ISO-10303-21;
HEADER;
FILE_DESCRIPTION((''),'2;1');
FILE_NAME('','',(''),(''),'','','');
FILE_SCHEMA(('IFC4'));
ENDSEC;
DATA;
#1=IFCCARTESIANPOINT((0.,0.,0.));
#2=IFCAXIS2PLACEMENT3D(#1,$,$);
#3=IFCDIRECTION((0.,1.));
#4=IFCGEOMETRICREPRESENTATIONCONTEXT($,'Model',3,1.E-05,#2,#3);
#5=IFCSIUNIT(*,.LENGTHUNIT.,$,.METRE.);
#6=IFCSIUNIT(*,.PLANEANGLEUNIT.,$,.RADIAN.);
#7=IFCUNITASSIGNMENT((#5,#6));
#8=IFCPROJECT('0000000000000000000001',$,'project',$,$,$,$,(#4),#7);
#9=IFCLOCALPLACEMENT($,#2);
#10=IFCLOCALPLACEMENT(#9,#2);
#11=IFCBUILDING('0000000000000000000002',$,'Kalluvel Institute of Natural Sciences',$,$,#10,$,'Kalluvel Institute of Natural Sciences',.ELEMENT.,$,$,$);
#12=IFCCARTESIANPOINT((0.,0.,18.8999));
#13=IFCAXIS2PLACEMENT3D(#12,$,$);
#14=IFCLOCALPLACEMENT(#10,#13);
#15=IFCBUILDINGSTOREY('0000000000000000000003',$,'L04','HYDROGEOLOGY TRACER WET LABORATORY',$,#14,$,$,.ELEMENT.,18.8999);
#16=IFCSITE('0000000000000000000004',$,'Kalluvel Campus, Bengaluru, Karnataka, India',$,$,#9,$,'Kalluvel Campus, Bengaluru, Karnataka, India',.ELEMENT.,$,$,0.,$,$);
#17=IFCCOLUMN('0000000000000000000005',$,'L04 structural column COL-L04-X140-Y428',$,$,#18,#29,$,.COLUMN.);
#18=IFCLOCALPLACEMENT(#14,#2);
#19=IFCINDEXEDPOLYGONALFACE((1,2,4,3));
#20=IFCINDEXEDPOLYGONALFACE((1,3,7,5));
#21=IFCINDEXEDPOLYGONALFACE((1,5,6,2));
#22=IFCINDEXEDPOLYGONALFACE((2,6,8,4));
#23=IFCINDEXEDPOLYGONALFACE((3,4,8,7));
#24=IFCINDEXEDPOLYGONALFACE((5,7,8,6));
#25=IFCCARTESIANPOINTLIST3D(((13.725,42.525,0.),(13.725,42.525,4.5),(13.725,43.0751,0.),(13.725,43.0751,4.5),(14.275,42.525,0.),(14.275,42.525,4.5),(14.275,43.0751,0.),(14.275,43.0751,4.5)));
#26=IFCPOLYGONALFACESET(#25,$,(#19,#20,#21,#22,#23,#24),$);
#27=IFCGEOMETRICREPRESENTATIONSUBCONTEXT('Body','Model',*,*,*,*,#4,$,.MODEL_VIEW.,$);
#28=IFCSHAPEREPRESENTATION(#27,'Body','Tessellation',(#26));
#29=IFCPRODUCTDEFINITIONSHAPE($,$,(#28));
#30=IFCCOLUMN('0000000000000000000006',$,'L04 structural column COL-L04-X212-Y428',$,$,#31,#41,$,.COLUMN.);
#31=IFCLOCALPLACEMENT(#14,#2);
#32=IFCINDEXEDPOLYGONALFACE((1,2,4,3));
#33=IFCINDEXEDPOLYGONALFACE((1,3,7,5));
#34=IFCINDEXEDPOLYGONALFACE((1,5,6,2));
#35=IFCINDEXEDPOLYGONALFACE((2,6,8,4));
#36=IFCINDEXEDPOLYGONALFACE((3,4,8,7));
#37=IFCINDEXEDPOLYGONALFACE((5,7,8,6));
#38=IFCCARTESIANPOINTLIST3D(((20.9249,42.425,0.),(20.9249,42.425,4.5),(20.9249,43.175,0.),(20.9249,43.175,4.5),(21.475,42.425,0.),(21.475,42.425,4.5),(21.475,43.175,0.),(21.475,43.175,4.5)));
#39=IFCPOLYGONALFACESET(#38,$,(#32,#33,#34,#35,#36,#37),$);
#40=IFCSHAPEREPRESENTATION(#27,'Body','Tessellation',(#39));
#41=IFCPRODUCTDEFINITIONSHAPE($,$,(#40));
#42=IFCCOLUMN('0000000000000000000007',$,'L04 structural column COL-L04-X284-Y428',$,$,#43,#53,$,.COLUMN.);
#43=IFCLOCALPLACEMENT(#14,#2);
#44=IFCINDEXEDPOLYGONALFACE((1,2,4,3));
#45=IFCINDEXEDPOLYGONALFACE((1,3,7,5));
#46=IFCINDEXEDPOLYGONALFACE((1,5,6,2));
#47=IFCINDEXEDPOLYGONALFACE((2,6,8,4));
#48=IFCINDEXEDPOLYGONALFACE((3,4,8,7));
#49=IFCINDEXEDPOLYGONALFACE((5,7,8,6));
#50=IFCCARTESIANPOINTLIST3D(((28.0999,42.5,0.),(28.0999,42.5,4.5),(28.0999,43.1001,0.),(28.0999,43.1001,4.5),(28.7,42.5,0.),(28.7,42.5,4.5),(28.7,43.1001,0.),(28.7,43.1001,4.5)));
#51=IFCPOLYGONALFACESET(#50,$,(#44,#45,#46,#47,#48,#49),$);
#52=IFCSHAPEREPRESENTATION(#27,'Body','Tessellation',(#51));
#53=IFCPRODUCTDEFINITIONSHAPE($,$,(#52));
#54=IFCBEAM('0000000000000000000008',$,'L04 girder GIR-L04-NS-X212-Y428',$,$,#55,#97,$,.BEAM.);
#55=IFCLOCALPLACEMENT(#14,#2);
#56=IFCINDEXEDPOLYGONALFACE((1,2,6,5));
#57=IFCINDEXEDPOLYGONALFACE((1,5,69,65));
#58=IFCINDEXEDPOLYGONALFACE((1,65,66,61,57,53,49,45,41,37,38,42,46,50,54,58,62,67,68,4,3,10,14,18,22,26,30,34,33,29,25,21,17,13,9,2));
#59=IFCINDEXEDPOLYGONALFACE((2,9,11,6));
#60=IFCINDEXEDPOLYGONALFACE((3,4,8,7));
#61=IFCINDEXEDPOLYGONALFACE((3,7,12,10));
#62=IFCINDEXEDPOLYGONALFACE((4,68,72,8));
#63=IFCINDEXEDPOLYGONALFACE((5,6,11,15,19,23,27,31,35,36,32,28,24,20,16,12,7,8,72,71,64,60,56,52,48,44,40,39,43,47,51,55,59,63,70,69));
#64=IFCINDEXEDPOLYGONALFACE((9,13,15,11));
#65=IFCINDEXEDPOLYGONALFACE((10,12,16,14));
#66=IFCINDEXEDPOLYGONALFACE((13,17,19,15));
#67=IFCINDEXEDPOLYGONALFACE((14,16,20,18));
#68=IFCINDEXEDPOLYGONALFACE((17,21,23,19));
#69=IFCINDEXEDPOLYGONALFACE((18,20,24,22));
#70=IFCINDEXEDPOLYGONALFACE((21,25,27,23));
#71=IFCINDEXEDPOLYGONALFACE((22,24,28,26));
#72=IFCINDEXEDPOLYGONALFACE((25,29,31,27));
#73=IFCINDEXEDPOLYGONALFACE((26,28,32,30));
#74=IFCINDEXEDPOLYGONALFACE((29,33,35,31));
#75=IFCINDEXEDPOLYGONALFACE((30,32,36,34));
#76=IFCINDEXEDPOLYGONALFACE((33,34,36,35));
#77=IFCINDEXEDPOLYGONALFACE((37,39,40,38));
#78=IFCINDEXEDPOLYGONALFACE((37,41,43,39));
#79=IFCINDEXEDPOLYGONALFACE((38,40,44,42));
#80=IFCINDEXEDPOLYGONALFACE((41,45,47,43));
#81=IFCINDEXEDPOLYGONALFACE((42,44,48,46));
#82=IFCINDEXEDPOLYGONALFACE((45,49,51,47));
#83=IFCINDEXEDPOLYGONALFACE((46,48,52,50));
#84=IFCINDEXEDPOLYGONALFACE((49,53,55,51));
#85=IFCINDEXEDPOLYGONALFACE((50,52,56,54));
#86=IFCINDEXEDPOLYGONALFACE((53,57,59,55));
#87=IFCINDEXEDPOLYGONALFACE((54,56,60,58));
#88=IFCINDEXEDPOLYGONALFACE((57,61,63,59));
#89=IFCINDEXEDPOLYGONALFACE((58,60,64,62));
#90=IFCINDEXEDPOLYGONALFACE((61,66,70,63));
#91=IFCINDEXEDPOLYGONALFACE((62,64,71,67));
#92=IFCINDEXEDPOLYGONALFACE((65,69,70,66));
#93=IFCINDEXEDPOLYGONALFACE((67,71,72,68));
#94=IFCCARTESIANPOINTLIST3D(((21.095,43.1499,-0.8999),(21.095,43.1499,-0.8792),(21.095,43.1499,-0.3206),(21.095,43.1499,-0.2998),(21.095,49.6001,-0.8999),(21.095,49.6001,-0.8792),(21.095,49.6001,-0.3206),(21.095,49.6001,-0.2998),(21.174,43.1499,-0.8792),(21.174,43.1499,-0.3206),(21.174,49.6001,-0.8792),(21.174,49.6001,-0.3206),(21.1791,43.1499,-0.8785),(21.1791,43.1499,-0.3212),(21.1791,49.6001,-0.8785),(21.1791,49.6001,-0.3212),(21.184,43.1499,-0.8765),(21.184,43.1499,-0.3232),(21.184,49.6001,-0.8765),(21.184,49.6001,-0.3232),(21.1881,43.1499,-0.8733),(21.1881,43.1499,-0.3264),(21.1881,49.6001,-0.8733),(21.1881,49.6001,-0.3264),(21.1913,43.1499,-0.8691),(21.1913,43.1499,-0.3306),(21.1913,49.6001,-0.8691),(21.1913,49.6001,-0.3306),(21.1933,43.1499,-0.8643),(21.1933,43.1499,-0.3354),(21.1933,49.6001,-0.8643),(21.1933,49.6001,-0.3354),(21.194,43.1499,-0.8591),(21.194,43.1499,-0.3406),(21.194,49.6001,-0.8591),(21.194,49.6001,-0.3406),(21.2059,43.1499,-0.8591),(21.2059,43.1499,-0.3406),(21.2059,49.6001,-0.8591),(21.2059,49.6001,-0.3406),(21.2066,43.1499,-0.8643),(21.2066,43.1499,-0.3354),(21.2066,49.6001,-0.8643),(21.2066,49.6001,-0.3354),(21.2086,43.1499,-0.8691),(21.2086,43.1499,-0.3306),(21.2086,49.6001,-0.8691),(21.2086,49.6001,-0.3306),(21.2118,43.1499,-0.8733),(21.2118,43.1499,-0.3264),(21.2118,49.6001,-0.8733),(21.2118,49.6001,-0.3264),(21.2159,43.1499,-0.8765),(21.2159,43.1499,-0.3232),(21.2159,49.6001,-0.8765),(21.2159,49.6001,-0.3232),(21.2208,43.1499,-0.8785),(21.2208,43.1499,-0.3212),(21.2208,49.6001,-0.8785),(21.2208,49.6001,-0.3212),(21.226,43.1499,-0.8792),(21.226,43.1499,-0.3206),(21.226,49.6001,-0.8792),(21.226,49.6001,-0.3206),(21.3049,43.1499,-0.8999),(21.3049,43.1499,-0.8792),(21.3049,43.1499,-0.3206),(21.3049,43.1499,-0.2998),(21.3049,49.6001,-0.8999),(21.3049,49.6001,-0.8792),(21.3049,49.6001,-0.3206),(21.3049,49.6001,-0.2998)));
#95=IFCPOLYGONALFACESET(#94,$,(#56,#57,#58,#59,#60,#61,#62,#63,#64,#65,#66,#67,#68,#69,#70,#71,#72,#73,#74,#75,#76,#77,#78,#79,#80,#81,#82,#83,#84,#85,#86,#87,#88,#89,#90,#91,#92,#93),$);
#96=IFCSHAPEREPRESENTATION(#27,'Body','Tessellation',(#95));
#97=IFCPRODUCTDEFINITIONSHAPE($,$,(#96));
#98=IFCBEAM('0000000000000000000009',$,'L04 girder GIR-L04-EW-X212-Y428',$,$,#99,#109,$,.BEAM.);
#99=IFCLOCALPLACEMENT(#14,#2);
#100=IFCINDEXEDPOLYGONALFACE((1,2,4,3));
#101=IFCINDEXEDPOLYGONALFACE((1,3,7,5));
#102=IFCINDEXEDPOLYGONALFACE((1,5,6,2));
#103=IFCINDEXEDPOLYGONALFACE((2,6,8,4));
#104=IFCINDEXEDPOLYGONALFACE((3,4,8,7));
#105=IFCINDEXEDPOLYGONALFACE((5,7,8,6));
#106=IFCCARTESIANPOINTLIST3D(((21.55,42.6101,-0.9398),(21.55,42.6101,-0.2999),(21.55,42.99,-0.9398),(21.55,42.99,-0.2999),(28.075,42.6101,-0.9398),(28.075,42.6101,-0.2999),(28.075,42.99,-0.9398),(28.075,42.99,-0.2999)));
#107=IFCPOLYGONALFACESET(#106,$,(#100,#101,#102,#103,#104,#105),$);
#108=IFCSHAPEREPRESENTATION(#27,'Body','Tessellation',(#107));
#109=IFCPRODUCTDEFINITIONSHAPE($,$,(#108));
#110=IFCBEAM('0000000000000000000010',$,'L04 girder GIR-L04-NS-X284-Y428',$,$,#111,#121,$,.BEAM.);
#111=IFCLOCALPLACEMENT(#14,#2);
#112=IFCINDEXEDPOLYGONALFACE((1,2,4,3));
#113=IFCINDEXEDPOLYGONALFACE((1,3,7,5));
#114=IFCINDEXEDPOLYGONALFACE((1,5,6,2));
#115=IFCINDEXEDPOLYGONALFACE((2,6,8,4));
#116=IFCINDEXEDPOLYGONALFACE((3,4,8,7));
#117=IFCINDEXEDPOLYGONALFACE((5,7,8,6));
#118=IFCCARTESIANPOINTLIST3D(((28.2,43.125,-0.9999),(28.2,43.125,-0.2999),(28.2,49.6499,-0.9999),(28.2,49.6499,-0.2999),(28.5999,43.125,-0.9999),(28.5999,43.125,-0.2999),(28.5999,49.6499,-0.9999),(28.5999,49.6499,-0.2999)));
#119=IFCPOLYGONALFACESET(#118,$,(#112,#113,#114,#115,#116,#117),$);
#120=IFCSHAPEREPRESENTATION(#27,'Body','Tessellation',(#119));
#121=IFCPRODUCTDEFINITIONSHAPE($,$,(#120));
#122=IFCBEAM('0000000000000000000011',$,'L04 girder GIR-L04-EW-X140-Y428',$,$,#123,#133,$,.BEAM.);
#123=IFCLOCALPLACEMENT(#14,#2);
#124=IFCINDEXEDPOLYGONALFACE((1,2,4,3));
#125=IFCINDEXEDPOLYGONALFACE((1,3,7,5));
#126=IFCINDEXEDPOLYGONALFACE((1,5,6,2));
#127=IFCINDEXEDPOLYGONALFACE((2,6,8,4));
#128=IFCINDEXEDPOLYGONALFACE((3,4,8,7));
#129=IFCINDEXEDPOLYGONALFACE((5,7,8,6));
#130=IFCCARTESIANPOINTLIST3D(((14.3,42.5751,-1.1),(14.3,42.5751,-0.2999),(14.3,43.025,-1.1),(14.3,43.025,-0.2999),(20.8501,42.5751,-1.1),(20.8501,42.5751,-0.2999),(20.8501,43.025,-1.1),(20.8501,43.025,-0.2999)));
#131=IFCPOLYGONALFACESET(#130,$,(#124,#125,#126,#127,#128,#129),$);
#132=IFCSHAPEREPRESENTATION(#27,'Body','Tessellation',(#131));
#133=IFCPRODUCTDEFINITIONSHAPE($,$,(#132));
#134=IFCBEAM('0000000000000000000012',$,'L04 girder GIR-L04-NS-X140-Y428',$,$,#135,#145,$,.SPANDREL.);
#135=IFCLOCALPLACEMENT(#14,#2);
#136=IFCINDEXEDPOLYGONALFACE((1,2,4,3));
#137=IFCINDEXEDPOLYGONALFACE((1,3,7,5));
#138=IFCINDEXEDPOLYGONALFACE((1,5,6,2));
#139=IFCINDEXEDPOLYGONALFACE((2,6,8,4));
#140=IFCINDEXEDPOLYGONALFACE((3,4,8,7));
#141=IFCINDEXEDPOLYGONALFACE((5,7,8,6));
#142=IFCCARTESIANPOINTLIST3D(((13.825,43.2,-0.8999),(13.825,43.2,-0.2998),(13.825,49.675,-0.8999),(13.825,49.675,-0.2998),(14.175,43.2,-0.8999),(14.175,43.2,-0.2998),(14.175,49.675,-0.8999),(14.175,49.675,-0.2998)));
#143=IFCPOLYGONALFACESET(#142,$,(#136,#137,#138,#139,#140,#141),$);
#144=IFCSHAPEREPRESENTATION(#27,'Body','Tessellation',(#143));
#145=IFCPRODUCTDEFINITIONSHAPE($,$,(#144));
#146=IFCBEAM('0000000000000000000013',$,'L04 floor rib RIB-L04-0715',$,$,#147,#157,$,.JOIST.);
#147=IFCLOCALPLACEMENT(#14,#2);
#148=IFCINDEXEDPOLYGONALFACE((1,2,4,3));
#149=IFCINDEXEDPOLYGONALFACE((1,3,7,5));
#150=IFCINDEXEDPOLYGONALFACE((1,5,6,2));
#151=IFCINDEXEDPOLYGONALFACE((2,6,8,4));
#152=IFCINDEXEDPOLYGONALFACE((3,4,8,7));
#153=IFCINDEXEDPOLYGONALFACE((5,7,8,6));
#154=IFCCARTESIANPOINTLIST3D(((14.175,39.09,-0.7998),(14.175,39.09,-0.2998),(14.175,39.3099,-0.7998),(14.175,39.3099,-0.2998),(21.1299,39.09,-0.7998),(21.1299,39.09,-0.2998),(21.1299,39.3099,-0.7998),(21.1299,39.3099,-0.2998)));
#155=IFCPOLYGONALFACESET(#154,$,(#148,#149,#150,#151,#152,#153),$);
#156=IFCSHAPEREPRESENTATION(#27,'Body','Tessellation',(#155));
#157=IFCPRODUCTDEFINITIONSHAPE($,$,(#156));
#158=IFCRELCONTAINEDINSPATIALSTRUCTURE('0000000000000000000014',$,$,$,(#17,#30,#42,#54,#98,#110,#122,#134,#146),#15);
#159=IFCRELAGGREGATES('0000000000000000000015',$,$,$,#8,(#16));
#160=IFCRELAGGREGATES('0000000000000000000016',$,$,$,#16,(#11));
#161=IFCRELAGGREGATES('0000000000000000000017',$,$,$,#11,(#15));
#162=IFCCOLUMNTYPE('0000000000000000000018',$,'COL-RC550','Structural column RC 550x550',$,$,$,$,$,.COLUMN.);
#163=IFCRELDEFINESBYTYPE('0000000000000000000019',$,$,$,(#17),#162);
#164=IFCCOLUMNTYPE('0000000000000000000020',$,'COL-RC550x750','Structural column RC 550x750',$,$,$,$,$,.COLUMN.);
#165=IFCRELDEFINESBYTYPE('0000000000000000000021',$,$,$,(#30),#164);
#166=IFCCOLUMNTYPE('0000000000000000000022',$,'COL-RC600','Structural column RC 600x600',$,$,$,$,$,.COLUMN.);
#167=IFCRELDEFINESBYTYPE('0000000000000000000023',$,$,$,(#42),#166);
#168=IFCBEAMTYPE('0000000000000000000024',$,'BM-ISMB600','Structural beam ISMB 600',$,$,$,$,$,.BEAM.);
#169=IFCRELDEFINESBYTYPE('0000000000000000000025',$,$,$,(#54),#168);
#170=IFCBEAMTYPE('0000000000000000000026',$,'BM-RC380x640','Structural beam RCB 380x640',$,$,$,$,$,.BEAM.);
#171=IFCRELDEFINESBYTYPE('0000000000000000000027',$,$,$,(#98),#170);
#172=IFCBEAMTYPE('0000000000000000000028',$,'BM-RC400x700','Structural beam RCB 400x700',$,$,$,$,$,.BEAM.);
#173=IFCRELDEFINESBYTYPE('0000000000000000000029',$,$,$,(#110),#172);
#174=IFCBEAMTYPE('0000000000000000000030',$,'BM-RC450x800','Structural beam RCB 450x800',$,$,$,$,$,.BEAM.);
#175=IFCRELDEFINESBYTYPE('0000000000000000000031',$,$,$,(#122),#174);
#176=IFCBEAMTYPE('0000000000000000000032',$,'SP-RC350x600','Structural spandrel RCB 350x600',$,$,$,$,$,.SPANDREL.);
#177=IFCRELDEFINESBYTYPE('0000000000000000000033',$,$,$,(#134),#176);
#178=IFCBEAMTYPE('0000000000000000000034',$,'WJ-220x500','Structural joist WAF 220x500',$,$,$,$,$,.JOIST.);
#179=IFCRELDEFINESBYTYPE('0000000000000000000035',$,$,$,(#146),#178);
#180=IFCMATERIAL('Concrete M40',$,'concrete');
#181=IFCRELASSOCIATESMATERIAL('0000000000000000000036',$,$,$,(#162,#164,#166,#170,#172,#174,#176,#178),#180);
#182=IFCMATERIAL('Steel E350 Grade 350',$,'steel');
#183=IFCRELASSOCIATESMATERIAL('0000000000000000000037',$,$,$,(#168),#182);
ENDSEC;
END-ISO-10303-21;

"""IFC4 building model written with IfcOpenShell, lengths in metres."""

from ifc_helpers import new_model, si_unit, direction, frame, origin, origin_2d, place, context, subcontext, project, spatial, rectangle, i_section, extrude, material, material_profile, profile_set, type_object, element, save


model = new_model("IFC4")

# Units and contexts
model_context = context("Model", 3, precision=1e-05, world=origin(), true_north=direction((0.0, 1.0)))
body_context = subcontext(model_context, "Body", "Model", "MODEL_VIEW")
ifc_project = project(units=[si_unit("LENGTHUNIT", "METRE"), si_unit("PLANEANGLEUNIT", "RADIAN")], contexts=[model_context])

# Site, building, storey
site_placement = place(None, origin())
site = spatial("IfcSite", under=ifc_project, at=site_placement, Name="Kalluvel Campus, Bengaluru, Karnataka, India", LongName="Kalluvel Campus, Bengaluru, Karnataka, India", CompositionType="ELEMENT", RefElevation=0.0)
building_placement = place(site_placement, origin())
building = spatial("IfcBuilding", under=site, at=building_placement, Name="Kalluvel Institute of Natural Sciences", LongName="Kalluvel Institute of Natural Sciences", CompositionType="ELEMENT")
storey_placement = place(building_placement, frame((0.0, 0.0, 18.8999)))
storey = spatial("IfcBuildingStorey", under=building, at=storey_placement, Name="L04", Description="HYDROGEOLOGY TRACER WET LABORATORY", CompositionType="ELEMENT", Elevation=18.8999)

# Columns
ifc_material_1 = material(Name="Concrete M40", Category="concrete")
ifc_material_profile_1 = material_profile(ifc_material_1, rectangle(XDim=0.55, YDim=0.55, at=origin_2d()), Name="RC 550x550")
ifc_profile_set_1 = profile_set([ifc_material_profile_1], Name="Concrete M40")
column_type_1 = type_object("IfcColumnType", Name="COL-RC550", Description="Structural column RC 550x550", PredefinedType="COLUMN", material=ifc_profile_set_1)
column_1_placement = place(storey_placement, frame((14.0, 42.8, 0.0), z_axis=(0.0, 0.0, 1.0), x_axis=(1.0, 0.0, 0.0)))
element("IfcColumn", 1, at=column_1_placement, inside=storey, type_object=column_type_1, Name="L04 structural column COL-L04-X140-Y428", PredefinedType="COLUMN", context=body_context, shape_type="SweptSolid", body=[
    extrude(rectangle(XDim=0.55, YDim=0.55, at=origin_2d()), origin(), (0.0, 0.0, 1.0), 4.5),
])
ifc_material_profile_2 = material_profile(ifc_material_1, rectangle(XDim=0.55, YDim=0.75, at=origin_2d()), Name="RC 550x750")
ifc_profile_set_2 = profile_set([ifc_material_profile_2], Name="Concrete M40")
column_type_2 = type_object("IfcColumnType", Name="COL-RC550x750", Description="Structural column RC 550x750", PredefinedType="COLUMN", material=ifc_profile_set_2)
column_2_placement = place(storey_placement, frame((21.2, 42.8, 0.0), z_axis=(0.0, 0.0, 1.0), x_axis=(1.0, 0.0, 0.0)))
element("IfcColumn", 2, at=column_2_placement, inside=storey, type_object=column_type_2, Name="L04 structural column COL-L04-X212-Y428", PredefinedType="COLUMN", context=body_context, shape_type="SweptSolid", body=[
    extrude(rectangle(XDim=0.55, YDim=0.75, at=origin_2d()), origin(), (0.0, 0.0, 1.0), 4.5),
])
ifc_material_profile_3 = material_profile(ifc_material_1, rectangle(XDim=0.6001, YDim=0.6001, at=origin_2d()), Name="RC 600x600")
ifc_profile_set_3 = profile_set([ifc_material_profile_3], Name="Concrete M40")
column_type_3 = type_object("IfcColumnType", Name="COL-RC600", Description="Structural column RC 600x600", PredefinedType="COLUMN", material=ifc_profile_set_3)
column_3_placement = place(storey_placement, frame((28.3999, 42.8, 0.0), z_axis=(0.0, 0.0, 1.0), x_axis=(1.0, 0.0, 0.0)))
element("IfcColumn", 3, at=column_3_placement, inside=storey, type_object=column_type_3, Name="L04 structural column COL-L04-X284-Y428", PredefinedType="COLUMN", context=body_context, shape_type="SweptSolid", body=[
    extrude(rectangle(XDim=0.6001, YDim=0.6001, at=origin_2d()), origin(), (0.0, 0.0, 1.0), 4.5),
])

# Beams
ifc_material_2 = material(Name="Steel E350 Grade 350", Category="steel")
ifc_material_profile_4 = material_profile(ifc_material_2, i_section(OverallWidth=0.21, OverallDepth=0.6001, WebThickness=0.012, FlangeThickness=0.0208, FilletRadius=0.02, at=origin_2d()), Name="ISMB 600")
ifc_profile_set_4 = profile_set([ifc_material_profile_4], Name="Steel E350 Grade 350")
beam_type_1 = type_object("IfcBeamType", Name="BM-ISMB600", Description="Structural beam ISMB 600", PredefinedType="BEAM", material=ifc_profile_set_4)
beam_1_placement = place(storey_placement, frame((21.2, 43.1499, -0.5999), z_axis=(0.0, 1.0, 0.0), x_axis=(-1.0, 0.0, 0.0)))
element("IfcBeam", 4, at=beam_1_placement, inside=storey, type_object=beam_type_1, Name="L04 girder GIR-L04-NS-X212-Y428", PredefinedType="BEAM", context=body_context, shape_type="SweptSolid", body=[
    extrude(i_section(OverallWidth=0.21, OverallDepth=0.6001, WebThickness=0.012, FlangeThickness=0.0208, FilletRadius=0.02, at=origin_2d()), origin(), (0.0, 0.0, 1.0), 6.4502),
])
ifc_material_profile_5 = material_profile(ifc_material_1, rectangle(XDim=0.3799, YDim=0.6399, at=origin_2d()), Name="RCB 380x640")
ifc_profile_set_5 = profile_set([ifc_material_profile_5], Name="Concrete M40")
beam_type_2 = type_object("IfcBeamType", Name="BM-RC380x640", Description="Structural beam RCB 380x640", PredefinedType="BEAM", material=ifc_profile_set_5)
beam_2_placement = place(storey_placement, frame((21.55, 42.8, -0.6199), z_axis=(1.0, 0.0, 0.0), x_axis=(0.0, 1.0, 0.0)))
element("IfcBeam", 5, at=beam_2_placement, inside=storey, type_object=beam_type_2, Name="L04 girder GIR-L04-EW-X212-Y428", PredefinedType="BEAM", context=body_context, shape_type="SweptSolid", body=[
    extrude(rectangle(XDim=0.3799, YDim=0.6399, at=origin_2d()), origin(), (0.0, 0.0, 1.0), 6.5249),
])
ifc_material_profile_6 = material_profile(ifc_material_1, rectangle(XDim=0.3999, YDim=0.7, at=origin_2d()), Name="RCB 400x700")
ifc_profile_set_6 = profile_set([ifc_material_profile_6], Name="Concrete M40")
beam_type_3 = type_object("IfcBeamType", Name="BM-RC400x700", Description="Structural beam RCB 400x700", PredefinedType="BEAM", material=ifc_profile_set_6)
beam_3_placement = place(storey_placement, frame((28.3999, 43.125, -0.6499), z_axis=(0.0, 1.0, 0.0), x_axis=(-1.0, 0.0, 0.0)))
element("IfcBeam", 6, at=beam_3_placement, inside=storey, type_object=beam_type_3, Name="L04 girder GIR-L04-NS-X284-Y428", PredefinedType="BEAM", context=body_context, shape_type="SweptSolid", body=[
    extrude(rectangle(XDim=0.3999, YDim=0.7, at=origin_2d()), origin(), (0.0, 0.0, 1.0), 6.5249),
])
ifc_material_profile_7 = material_profile(ifc_material_1, rectangle(XDim=0.45, YDim=0.8, at=origin_2d()), Name="RCB 450x800")
ifc_profile_set_7 = profile_set([ifc_material_profile_7], Name="Concrete M40")
beam_type_4 = type_object("IfcBeamType", Name="BM-RC450x800", Description="Structural beam RCB 450x800", PredefinedType="BEAM", material=ifc_profile_set_7)
beam_4_placement = place(storey_placement, frame((14.3, 42.8, -0.7), z_axis=(1.0, 0.0, 0.0), x_axis=(0.0, 1.0, 0.0)))
element("IfcBeam", 7, at=beam_4_placement, inside=storey, type_object=beam_type_4, Name="L04 girder GIR-L04-EW-X140-Y428", PredefinedType="BEAM", context=body_context, shape_type="SweptSolid", body=[
    extrude(rectangle(XDim=0.45, YDim=0.8, at=origin_2d()), origin(), (0.0, 0.0, 1.0), 6.55),
])
ifc_material_profile_8 = material_profile(ifc_material_1, rectangle(XDim=0.3501, YDim=0.6001, at=origin_2d()), Name="RCB 350x600")
ifc_profile_set_8 = profile_set([ifc_material_profile_8], Name="Concrete M40")
beam_type_5 = type_object("IfcBeamType", Name="SP-RC350x600", Description="Structural spandrel RCB 350x600", PredefinedType="SPANDREL", material=ifc_profile_set_8)
beam_5_placement = place(storey_placement, frame((14.0, 43.2, -0.5999), z_axis=(0.0, 1.0, 0.0), x_axis=(-1.0, 0.0, 0.0)))
element("IfcBeam", 8, at=beam_5_placement, inside=storey, type_object=beam_type_5, Name="L04 girder GIR-L04-NS-X140-Y428", PredefinedType="SPANDREL", context=body_context, shape_type="SweptSolid", body=[
    extrude(rectangle(XDim=0.3501, YDim=0.6001, at=origin_2d()), origin(), (0.0, 0.0, 1.0), 6.4751),
])
ifc_material_profile_9 = material_profile(ifc_material_1, rectangle(XDim=0.22, YDim=0.5, at=origin_2d()), Name="WAF 220x500")
ifc_profile_set_9 = profile_set([ifc_material_profile_9], Name="Concrete M40")
beam_type_6 = type_object("IfcBeamType", Name="WJ-220x500", Description="Structural joist WAF 220x500", PredefinedType="JOIST", material=ifc_profile_set_9)
beam_6_placement = place(storey_placement, frame((14.175, 39.2, -0.5498), z_axis=(1.0, 0.0, 0.0), x_axis=(0.0, 1.0, 0.0)))
element("IfcBeam", 9, at=beam_6_placement, inside=storey, type_object=beam_type_6, Name="L04 floor rib RIB-L04-0715", PredefinedType="JOIST", context=body_context, shape_type="SweptSolid", body=[
    extrude(rectangle(XDim=0.22, YDim=0.5, at=origin_2d()), origin(), (0.0, 0.0, 1.0), 6.9548),
])

save(model, "model.ifc")
